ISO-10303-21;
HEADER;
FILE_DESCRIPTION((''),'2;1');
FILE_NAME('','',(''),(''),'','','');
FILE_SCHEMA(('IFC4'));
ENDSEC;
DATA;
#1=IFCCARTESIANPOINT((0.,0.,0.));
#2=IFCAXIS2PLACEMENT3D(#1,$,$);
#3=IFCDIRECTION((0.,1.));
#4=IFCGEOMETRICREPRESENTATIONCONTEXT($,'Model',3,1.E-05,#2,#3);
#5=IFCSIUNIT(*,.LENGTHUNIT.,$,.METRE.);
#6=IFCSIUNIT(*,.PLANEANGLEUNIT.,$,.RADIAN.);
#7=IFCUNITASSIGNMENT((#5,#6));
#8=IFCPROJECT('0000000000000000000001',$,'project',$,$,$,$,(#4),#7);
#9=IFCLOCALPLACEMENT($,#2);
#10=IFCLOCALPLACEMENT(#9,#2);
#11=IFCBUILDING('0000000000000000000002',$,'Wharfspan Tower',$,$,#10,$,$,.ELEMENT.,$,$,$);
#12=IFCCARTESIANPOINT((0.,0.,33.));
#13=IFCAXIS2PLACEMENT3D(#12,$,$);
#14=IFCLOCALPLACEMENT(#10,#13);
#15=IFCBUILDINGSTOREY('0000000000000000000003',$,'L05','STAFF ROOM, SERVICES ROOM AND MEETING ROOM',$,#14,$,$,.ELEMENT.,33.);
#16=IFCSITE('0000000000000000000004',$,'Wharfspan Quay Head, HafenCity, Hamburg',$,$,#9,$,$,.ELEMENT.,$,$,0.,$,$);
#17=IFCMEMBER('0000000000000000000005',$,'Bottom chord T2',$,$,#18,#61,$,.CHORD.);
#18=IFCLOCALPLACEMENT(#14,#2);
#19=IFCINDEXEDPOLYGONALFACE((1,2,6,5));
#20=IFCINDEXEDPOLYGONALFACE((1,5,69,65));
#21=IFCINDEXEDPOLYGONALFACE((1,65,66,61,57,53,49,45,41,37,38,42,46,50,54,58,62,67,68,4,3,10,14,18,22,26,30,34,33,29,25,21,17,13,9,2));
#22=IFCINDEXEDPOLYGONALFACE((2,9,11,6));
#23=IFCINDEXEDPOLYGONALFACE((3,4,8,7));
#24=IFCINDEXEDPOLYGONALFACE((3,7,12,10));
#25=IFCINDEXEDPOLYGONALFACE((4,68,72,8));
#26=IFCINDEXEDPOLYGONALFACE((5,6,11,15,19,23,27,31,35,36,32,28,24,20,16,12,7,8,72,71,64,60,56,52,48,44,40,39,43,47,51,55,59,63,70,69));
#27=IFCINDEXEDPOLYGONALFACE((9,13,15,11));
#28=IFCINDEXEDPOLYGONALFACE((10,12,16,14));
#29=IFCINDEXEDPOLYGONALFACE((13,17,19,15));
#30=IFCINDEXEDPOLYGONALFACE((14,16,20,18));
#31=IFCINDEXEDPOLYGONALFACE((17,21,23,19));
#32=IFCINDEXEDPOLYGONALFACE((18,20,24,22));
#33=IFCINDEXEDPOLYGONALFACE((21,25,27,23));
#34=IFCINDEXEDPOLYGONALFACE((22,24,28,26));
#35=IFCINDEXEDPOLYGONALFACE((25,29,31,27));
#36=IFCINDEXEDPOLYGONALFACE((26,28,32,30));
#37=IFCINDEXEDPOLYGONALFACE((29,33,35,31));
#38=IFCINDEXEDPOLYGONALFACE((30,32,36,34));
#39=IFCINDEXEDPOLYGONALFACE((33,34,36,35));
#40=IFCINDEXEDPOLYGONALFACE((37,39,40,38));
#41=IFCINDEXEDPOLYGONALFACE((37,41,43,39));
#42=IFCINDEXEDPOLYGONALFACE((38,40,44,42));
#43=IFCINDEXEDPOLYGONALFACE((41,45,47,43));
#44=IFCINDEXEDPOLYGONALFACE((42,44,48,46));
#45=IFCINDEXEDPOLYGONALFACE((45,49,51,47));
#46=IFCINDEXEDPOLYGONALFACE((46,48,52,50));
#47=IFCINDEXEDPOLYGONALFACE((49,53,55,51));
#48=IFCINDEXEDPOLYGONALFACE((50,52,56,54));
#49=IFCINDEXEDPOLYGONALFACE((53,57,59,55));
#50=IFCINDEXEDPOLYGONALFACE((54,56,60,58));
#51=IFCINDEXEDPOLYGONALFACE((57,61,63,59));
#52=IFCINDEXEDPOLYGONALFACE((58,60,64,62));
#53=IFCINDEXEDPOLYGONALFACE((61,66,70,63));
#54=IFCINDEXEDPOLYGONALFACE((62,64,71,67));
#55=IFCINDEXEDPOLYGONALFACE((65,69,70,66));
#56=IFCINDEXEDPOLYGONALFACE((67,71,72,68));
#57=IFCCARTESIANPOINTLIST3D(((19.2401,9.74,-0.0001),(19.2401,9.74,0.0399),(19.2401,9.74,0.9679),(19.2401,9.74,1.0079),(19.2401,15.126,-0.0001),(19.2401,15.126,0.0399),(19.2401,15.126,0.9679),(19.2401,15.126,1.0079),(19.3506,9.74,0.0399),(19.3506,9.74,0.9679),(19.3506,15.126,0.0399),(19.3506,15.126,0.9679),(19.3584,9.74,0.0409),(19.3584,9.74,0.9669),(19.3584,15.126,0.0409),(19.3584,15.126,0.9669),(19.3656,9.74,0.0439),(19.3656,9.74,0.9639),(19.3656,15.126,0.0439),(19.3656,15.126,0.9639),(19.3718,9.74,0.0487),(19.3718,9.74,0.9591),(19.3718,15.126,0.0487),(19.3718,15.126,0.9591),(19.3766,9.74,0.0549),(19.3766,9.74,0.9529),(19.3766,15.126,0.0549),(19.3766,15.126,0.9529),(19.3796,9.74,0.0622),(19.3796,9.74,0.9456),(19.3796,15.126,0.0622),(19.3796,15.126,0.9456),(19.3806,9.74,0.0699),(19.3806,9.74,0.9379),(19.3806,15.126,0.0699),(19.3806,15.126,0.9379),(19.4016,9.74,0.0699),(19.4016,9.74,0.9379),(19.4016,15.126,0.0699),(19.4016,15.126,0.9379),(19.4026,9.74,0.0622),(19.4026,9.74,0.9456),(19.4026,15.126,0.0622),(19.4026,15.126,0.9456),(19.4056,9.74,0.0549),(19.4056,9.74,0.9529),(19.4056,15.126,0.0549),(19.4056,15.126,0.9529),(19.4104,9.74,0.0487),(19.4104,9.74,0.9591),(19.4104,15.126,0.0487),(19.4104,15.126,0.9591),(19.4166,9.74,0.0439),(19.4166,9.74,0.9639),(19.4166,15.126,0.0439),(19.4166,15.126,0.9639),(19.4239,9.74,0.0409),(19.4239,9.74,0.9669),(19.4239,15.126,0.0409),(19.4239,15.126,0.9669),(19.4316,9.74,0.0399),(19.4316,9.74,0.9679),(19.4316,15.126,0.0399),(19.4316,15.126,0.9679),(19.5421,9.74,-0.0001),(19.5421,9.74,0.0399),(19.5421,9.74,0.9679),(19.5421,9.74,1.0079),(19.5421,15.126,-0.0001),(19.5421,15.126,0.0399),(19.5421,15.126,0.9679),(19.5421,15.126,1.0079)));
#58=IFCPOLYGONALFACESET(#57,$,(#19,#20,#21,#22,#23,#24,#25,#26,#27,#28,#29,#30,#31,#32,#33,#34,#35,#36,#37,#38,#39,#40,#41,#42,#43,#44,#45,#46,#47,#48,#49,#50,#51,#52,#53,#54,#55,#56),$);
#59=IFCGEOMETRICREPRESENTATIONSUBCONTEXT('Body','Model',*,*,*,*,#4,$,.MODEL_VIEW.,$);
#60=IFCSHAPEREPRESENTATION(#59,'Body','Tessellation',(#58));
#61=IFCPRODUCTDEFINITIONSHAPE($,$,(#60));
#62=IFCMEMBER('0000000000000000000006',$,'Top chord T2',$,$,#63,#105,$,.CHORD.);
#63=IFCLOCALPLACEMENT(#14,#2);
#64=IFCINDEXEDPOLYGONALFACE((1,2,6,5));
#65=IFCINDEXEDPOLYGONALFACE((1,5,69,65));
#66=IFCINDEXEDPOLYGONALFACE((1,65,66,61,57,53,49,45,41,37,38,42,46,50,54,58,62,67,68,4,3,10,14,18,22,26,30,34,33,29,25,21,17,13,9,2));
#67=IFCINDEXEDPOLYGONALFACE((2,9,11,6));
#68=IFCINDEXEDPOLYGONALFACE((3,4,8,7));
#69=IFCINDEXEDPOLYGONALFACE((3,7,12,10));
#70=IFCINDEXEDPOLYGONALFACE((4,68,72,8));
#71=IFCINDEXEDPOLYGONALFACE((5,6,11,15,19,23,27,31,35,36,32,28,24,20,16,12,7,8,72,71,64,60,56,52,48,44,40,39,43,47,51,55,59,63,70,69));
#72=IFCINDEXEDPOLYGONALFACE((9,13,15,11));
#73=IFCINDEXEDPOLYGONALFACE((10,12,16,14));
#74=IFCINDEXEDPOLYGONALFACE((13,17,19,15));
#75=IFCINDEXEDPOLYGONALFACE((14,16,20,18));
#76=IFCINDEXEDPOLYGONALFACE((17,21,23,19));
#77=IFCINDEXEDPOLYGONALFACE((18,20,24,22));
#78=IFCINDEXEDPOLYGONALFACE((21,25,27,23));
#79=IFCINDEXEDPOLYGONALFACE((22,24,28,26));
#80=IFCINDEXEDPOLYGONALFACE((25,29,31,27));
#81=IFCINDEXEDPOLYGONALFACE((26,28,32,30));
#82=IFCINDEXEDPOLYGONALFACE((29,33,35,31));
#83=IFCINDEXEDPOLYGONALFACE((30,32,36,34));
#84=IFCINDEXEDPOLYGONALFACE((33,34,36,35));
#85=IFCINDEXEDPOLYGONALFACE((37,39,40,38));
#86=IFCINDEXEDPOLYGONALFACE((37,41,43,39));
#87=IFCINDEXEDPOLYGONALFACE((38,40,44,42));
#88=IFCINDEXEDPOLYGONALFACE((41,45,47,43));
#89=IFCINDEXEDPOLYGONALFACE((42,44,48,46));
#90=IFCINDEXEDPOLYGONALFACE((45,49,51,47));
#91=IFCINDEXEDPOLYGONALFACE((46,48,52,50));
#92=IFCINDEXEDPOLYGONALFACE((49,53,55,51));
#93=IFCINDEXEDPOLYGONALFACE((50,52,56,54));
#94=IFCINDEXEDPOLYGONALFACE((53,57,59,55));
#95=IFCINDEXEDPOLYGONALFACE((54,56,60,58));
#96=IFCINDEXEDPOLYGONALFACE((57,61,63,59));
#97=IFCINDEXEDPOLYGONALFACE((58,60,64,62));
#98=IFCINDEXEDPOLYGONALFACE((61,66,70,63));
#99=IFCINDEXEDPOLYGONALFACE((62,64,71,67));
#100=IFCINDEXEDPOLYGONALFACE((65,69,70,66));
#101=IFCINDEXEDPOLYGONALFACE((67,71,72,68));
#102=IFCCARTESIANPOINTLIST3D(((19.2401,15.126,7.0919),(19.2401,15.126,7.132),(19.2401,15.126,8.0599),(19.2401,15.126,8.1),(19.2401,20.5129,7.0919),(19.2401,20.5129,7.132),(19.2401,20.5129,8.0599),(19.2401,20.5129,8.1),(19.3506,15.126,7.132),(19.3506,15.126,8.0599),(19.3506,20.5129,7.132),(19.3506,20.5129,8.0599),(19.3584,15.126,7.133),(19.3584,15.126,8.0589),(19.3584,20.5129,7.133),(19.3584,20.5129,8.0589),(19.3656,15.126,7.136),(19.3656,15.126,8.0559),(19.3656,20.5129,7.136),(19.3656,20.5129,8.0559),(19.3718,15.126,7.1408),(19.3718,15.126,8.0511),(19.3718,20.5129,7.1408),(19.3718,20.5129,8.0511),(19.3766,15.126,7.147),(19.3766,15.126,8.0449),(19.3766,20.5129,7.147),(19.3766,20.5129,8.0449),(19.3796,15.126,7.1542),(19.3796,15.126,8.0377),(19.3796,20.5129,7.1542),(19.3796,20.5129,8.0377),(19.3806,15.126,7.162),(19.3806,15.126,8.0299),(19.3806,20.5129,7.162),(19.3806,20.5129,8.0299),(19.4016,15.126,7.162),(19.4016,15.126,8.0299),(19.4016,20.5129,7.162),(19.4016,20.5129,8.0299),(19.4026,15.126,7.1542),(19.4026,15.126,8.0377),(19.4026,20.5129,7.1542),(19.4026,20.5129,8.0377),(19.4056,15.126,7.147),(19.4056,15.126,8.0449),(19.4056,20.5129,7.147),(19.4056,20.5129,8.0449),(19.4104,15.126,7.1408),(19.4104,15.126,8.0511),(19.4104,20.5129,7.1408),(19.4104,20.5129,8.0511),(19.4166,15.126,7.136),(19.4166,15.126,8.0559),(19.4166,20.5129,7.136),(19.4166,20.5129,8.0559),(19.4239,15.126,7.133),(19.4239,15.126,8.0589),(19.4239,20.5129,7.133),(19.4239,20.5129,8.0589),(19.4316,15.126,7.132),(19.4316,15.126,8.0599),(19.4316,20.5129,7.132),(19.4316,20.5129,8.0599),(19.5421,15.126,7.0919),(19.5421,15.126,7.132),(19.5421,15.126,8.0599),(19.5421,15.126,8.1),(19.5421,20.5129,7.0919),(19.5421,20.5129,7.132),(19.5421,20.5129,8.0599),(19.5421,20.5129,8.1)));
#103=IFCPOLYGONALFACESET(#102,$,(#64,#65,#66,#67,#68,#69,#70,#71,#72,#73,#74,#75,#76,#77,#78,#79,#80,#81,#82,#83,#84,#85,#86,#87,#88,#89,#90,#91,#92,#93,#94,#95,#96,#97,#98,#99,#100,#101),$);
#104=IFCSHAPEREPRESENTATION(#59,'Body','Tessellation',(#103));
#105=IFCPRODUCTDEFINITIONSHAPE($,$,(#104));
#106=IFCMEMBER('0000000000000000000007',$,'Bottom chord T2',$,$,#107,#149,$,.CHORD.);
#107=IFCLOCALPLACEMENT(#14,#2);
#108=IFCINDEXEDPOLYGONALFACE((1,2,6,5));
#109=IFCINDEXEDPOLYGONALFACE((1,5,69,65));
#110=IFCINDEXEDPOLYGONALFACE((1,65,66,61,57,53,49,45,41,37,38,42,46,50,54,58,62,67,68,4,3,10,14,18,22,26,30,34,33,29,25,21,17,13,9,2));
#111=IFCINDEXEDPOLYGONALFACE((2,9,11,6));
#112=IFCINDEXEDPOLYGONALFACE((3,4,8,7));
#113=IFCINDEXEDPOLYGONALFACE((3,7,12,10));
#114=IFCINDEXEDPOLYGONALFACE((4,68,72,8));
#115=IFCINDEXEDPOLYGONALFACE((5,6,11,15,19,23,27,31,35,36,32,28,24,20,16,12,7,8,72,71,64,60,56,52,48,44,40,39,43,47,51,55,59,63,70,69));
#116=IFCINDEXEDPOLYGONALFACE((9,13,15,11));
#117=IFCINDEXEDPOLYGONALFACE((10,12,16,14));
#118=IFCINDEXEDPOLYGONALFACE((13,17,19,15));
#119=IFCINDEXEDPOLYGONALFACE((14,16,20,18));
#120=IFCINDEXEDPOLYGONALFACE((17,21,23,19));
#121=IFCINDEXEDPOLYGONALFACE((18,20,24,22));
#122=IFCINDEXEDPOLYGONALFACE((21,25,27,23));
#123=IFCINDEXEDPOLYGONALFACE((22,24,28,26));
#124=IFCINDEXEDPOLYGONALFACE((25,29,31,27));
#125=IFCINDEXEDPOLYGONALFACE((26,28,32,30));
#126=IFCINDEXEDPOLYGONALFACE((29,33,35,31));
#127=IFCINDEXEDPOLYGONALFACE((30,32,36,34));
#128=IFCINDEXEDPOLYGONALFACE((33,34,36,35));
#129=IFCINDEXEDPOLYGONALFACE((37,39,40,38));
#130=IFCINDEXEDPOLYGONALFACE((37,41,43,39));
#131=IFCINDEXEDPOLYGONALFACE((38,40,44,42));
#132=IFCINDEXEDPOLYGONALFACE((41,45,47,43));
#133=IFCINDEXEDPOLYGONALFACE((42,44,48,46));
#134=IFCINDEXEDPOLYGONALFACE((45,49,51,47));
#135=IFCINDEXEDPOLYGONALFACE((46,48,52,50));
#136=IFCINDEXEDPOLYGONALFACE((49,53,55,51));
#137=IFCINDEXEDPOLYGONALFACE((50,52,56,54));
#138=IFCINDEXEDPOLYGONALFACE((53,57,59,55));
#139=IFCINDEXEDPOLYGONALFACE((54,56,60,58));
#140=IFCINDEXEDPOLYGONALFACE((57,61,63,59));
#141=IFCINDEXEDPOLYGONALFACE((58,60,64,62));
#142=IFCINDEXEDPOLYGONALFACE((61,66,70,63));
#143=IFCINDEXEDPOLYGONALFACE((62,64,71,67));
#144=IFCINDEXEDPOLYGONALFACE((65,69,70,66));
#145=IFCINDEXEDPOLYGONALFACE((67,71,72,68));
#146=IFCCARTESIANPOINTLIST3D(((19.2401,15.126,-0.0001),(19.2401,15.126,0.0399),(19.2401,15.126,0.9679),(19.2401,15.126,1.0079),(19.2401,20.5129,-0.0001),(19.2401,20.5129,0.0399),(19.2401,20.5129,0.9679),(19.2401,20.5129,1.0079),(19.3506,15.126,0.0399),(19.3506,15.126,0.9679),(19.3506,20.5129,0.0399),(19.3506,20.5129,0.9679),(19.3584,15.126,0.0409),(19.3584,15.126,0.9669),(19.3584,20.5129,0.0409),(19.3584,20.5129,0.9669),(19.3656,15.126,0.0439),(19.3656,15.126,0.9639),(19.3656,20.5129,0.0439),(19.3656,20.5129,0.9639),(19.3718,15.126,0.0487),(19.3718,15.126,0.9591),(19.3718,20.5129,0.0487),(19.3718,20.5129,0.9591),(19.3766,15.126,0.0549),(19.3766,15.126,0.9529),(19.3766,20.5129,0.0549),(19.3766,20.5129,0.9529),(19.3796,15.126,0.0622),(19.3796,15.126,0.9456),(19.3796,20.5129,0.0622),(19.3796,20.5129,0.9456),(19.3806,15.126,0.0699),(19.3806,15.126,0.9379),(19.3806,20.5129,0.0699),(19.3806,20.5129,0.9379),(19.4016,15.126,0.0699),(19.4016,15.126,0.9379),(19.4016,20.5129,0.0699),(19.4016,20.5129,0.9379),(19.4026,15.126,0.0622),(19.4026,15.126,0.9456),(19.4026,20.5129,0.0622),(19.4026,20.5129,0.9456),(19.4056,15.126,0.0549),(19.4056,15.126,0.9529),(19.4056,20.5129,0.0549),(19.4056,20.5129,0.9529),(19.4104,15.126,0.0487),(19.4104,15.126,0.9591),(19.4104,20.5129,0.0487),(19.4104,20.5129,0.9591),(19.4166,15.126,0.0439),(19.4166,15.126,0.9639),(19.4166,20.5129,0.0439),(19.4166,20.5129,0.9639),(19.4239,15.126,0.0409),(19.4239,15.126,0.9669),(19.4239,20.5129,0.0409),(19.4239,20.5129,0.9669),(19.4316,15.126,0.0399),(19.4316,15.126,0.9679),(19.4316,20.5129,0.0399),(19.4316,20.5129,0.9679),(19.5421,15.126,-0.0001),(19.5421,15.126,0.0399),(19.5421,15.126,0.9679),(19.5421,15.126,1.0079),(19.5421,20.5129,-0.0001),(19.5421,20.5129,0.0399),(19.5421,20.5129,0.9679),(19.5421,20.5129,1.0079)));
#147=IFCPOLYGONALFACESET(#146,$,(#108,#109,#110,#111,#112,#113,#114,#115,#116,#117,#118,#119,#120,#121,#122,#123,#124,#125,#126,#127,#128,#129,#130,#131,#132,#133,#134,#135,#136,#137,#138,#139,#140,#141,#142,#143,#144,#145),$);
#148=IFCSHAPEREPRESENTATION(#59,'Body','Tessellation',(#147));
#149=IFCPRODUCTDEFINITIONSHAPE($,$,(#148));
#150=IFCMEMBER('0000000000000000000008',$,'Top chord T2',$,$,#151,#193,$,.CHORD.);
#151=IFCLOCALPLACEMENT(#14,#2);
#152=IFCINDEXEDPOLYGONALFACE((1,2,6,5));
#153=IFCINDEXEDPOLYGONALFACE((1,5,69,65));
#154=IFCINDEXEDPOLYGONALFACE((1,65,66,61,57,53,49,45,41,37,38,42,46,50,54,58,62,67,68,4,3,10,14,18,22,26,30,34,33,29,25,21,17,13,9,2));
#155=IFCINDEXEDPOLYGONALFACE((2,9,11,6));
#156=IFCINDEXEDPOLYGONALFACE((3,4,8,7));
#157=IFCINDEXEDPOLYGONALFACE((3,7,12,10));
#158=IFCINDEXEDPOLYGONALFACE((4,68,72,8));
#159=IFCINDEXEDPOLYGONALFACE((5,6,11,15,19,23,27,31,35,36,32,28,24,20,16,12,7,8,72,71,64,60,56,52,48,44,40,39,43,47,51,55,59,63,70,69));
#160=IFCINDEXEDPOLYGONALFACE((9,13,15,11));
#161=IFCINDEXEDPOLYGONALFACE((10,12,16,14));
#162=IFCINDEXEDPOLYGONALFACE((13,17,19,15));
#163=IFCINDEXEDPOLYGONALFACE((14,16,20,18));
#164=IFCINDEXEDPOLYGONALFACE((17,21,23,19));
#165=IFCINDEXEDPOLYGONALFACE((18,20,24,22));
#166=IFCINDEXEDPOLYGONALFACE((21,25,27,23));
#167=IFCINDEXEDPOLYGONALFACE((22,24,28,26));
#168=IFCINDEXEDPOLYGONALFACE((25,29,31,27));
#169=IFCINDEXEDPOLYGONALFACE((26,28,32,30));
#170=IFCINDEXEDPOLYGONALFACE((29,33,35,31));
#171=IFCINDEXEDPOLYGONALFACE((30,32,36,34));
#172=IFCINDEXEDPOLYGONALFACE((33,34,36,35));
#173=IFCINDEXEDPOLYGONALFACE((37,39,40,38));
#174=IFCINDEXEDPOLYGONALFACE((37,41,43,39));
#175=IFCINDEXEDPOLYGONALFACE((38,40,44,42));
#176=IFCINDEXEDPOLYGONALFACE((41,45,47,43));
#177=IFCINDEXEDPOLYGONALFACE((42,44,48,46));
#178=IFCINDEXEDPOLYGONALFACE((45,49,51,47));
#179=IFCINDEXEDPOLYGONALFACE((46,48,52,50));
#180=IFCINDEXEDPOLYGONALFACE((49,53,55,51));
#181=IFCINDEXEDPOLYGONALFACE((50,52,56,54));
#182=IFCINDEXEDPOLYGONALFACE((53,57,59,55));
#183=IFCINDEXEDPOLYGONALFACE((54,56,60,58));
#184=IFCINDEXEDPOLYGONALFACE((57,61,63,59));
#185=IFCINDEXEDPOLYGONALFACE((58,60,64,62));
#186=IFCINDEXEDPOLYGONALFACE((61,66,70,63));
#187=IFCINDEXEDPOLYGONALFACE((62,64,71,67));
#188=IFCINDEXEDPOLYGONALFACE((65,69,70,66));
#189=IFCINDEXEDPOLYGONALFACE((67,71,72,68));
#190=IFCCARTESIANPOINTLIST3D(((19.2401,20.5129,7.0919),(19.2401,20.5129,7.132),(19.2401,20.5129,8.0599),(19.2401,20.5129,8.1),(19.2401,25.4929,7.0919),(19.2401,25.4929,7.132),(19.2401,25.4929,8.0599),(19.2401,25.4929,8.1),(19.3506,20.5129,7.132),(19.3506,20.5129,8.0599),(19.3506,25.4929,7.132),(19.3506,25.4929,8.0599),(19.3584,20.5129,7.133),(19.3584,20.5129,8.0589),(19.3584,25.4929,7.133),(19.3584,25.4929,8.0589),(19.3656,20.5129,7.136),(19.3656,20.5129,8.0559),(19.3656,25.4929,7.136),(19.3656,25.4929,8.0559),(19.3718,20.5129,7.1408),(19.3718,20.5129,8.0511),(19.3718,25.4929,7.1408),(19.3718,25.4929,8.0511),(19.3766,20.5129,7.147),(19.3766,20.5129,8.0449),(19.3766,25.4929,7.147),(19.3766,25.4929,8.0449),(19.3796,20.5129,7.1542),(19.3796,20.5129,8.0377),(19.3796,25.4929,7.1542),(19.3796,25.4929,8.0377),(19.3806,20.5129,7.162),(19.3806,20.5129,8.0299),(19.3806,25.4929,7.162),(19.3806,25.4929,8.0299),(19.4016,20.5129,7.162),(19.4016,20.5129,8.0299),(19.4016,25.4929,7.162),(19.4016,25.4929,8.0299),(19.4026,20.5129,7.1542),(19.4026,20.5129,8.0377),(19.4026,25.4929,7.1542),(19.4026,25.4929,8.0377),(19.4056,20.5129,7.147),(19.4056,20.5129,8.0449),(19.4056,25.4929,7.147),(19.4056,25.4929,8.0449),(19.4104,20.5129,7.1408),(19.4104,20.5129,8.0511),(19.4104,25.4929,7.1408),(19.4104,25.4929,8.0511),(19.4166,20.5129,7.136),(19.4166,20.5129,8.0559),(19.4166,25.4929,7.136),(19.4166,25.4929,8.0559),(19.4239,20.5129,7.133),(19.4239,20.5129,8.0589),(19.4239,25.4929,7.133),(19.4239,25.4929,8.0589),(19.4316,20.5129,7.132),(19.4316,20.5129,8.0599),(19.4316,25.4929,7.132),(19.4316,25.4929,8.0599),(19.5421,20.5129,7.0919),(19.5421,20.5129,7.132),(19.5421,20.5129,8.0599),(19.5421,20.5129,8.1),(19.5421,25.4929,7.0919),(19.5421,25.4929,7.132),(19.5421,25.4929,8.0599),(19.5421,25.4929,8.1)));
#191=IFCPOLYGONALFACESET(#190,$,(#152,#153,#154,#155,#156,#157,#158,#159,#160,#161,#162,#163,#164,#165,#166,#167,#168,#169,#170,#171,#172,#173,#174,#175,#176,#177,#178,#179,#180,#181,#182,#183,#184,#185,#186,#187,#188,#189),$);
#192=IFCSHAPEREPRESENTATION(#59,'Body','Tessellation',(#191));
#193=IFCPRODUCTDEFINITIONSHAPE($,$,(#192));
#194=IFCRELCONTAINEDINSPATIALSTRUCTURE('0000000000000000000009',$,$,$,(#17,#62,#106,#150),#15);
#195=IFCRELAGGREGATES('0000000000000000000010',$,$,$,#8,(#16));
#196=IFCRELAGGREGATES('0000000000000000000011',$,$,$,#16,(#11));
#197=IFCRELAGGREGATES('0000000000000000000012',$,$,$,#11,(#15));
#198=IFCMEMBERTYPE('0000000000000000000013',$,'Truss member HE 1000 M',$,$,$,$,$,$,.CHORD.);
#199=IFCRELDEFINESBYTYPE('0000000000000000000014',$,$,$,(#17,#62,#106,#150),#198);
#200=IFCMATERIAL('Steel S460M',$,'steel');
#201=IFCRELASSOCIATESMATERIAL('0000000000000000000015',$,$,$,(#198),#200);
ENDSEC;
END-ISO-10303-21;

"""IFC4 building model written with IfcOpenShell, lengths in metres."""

from ifc_helpers import new_model, si_unit, direction, frame, origin, origin_2d, place, context, subcontext, project, spatial, i_section, extrude, material, material_profile, profile_set, type_object, element, save


model = new_model("IFC4")

# Units and contexts
model_context = context("Model", 3, precision=1e-05, world=origin(), true_north=direction((0.0, 1.0)))
body_context = subcontext(model_context, "Body", "Model", "MODEL_VIEW")
ifc_project = project(units=[si_unit("LENGTHUNIT", "METRE"), si_unit("PLANEANGLEUNIT", "RADIAN")], contexts=[model_context])

# Site, building, storey
site_placement = place(None, origin())
site = spatial("IfcSite", under=ifc_project, at=site_placement, Name="Wharfspan Quay Head, HafenCity, Hamburg", CompositionType="ELEMENT", RefElevation=0.0)
building_placement = place(site_placement, origin())
building = spatial("IfcBuilding", under=site, at=building_placement, Name="Wharfspan Tower", CompositionType="ELEMENT")
storey_placement = place(building_placement, frame((0.0, 0.0, 33.0)))
storey = spatial("IfcBuildingStorey", under=building, at=storey_placement, Name="L05", Description="STAFF ROOM, SERVICES ROOM AND MEETING ROOM", CompositionType="ELEMENT", Elevation=33.0)

# Members
ifc_material_1 = material(Name="Steel S460M", Category="steel")
ifc_material_profile_1 = material_profile(ifc_material_1, i_section(OverallWidth=0.302, OverallDepth=1.0081, WebThickness=0.021, FlangeThickness=0.04, FilletRadius=0.03, at=origin_2d()))
ifc_profile_set_1 = profile_set([ifc_material_profile_1], Name="Steel S460M")
member_type_1 = type_object("IfcMemberType", Name="Truss member HE 1000 M", PredefinedType="CHORD", material=ifc_profile_set_1)
for number, where, z_axis, x_axis, name in (
    (1, (19.3911, 9.74, 0.5039), (0.0, 1.0, 0.0), (-1.0, 0.0, 0.0), "Bottom chord T2"),
):
    element("IfcMember", number, at=place(storey_placement, frame(where, z_axis=z_axis, x_axis=x_axis)), inside=storey, type_object=member_type_1, Name=name, PredefinedType="CHORD", context=body_context, shape_type="SweptSolid", body=[
        extrude(i_section(OverallWidth=0.302, OverallDepth=1.0081, WebThickness=0.021, FlangeThickness=0.04, FilletRadius=0.03, at=origin_2d()), origin(), (0.0, 0.0, 1.0), 5.386),
    ])
for number, where, z_axis, x_axis, name in (
    (2, (19.3911, 15.126, 7.5959), (0.0, 1.0, 0.0), (-1.0, 0.0, 0.0), "Top chord T2"),
    (3, (19.3911, 15.126, 0.5039), (0.0, 1.0, 0.0), (-1.0, 0.0, 0.0), "Bottom chord T2"),
):
    element("IfcMember", number, at=place(storey_placement, frame(where, z_axis=z_axis, x_axis=x_axis)), inside=storey, type_object=member_type_1, Name=name, PredefinedType="CHORD", context=body_context, shape_type="SweptSolid", body=[
        extrude(i_section(OverallWidth=0.302, OverallDepth=1.0081, WebThickness=0.021, FlangeThickness=0.04, FilletRadius=0.03, at=origin_2d()), origin(), (0.0, 0.0, 1.0), 5.387),
    ])
for number, where, z_axis, x_axis, name in (
    (4, (19.3911, 20.5129, 7.5959), (0.0, 1.0, 0.0), (-1.0, 0.0, 0.0), "Top chord T2"),
):
    element("IfcMember", number, at=place(storey_placement, frame(where, z_axis=z_axis, x_axis=x_axis)), inside=storey, type_object=member_type_1, Name=name, PredefinedType="CHORD", context=body_context, shape_type="SweptSolid", body=[
        extrude(i_section(OverallWidth=0.302, OverallDepth=1.0081, WebThickness=0.021, FlangeThickness=0.04, FilletRadius=0.03, at=origin_2d()), origin(), (0.0, 0.0, 1.0), 4.98),
    ])

save(model, "model.ifc")
